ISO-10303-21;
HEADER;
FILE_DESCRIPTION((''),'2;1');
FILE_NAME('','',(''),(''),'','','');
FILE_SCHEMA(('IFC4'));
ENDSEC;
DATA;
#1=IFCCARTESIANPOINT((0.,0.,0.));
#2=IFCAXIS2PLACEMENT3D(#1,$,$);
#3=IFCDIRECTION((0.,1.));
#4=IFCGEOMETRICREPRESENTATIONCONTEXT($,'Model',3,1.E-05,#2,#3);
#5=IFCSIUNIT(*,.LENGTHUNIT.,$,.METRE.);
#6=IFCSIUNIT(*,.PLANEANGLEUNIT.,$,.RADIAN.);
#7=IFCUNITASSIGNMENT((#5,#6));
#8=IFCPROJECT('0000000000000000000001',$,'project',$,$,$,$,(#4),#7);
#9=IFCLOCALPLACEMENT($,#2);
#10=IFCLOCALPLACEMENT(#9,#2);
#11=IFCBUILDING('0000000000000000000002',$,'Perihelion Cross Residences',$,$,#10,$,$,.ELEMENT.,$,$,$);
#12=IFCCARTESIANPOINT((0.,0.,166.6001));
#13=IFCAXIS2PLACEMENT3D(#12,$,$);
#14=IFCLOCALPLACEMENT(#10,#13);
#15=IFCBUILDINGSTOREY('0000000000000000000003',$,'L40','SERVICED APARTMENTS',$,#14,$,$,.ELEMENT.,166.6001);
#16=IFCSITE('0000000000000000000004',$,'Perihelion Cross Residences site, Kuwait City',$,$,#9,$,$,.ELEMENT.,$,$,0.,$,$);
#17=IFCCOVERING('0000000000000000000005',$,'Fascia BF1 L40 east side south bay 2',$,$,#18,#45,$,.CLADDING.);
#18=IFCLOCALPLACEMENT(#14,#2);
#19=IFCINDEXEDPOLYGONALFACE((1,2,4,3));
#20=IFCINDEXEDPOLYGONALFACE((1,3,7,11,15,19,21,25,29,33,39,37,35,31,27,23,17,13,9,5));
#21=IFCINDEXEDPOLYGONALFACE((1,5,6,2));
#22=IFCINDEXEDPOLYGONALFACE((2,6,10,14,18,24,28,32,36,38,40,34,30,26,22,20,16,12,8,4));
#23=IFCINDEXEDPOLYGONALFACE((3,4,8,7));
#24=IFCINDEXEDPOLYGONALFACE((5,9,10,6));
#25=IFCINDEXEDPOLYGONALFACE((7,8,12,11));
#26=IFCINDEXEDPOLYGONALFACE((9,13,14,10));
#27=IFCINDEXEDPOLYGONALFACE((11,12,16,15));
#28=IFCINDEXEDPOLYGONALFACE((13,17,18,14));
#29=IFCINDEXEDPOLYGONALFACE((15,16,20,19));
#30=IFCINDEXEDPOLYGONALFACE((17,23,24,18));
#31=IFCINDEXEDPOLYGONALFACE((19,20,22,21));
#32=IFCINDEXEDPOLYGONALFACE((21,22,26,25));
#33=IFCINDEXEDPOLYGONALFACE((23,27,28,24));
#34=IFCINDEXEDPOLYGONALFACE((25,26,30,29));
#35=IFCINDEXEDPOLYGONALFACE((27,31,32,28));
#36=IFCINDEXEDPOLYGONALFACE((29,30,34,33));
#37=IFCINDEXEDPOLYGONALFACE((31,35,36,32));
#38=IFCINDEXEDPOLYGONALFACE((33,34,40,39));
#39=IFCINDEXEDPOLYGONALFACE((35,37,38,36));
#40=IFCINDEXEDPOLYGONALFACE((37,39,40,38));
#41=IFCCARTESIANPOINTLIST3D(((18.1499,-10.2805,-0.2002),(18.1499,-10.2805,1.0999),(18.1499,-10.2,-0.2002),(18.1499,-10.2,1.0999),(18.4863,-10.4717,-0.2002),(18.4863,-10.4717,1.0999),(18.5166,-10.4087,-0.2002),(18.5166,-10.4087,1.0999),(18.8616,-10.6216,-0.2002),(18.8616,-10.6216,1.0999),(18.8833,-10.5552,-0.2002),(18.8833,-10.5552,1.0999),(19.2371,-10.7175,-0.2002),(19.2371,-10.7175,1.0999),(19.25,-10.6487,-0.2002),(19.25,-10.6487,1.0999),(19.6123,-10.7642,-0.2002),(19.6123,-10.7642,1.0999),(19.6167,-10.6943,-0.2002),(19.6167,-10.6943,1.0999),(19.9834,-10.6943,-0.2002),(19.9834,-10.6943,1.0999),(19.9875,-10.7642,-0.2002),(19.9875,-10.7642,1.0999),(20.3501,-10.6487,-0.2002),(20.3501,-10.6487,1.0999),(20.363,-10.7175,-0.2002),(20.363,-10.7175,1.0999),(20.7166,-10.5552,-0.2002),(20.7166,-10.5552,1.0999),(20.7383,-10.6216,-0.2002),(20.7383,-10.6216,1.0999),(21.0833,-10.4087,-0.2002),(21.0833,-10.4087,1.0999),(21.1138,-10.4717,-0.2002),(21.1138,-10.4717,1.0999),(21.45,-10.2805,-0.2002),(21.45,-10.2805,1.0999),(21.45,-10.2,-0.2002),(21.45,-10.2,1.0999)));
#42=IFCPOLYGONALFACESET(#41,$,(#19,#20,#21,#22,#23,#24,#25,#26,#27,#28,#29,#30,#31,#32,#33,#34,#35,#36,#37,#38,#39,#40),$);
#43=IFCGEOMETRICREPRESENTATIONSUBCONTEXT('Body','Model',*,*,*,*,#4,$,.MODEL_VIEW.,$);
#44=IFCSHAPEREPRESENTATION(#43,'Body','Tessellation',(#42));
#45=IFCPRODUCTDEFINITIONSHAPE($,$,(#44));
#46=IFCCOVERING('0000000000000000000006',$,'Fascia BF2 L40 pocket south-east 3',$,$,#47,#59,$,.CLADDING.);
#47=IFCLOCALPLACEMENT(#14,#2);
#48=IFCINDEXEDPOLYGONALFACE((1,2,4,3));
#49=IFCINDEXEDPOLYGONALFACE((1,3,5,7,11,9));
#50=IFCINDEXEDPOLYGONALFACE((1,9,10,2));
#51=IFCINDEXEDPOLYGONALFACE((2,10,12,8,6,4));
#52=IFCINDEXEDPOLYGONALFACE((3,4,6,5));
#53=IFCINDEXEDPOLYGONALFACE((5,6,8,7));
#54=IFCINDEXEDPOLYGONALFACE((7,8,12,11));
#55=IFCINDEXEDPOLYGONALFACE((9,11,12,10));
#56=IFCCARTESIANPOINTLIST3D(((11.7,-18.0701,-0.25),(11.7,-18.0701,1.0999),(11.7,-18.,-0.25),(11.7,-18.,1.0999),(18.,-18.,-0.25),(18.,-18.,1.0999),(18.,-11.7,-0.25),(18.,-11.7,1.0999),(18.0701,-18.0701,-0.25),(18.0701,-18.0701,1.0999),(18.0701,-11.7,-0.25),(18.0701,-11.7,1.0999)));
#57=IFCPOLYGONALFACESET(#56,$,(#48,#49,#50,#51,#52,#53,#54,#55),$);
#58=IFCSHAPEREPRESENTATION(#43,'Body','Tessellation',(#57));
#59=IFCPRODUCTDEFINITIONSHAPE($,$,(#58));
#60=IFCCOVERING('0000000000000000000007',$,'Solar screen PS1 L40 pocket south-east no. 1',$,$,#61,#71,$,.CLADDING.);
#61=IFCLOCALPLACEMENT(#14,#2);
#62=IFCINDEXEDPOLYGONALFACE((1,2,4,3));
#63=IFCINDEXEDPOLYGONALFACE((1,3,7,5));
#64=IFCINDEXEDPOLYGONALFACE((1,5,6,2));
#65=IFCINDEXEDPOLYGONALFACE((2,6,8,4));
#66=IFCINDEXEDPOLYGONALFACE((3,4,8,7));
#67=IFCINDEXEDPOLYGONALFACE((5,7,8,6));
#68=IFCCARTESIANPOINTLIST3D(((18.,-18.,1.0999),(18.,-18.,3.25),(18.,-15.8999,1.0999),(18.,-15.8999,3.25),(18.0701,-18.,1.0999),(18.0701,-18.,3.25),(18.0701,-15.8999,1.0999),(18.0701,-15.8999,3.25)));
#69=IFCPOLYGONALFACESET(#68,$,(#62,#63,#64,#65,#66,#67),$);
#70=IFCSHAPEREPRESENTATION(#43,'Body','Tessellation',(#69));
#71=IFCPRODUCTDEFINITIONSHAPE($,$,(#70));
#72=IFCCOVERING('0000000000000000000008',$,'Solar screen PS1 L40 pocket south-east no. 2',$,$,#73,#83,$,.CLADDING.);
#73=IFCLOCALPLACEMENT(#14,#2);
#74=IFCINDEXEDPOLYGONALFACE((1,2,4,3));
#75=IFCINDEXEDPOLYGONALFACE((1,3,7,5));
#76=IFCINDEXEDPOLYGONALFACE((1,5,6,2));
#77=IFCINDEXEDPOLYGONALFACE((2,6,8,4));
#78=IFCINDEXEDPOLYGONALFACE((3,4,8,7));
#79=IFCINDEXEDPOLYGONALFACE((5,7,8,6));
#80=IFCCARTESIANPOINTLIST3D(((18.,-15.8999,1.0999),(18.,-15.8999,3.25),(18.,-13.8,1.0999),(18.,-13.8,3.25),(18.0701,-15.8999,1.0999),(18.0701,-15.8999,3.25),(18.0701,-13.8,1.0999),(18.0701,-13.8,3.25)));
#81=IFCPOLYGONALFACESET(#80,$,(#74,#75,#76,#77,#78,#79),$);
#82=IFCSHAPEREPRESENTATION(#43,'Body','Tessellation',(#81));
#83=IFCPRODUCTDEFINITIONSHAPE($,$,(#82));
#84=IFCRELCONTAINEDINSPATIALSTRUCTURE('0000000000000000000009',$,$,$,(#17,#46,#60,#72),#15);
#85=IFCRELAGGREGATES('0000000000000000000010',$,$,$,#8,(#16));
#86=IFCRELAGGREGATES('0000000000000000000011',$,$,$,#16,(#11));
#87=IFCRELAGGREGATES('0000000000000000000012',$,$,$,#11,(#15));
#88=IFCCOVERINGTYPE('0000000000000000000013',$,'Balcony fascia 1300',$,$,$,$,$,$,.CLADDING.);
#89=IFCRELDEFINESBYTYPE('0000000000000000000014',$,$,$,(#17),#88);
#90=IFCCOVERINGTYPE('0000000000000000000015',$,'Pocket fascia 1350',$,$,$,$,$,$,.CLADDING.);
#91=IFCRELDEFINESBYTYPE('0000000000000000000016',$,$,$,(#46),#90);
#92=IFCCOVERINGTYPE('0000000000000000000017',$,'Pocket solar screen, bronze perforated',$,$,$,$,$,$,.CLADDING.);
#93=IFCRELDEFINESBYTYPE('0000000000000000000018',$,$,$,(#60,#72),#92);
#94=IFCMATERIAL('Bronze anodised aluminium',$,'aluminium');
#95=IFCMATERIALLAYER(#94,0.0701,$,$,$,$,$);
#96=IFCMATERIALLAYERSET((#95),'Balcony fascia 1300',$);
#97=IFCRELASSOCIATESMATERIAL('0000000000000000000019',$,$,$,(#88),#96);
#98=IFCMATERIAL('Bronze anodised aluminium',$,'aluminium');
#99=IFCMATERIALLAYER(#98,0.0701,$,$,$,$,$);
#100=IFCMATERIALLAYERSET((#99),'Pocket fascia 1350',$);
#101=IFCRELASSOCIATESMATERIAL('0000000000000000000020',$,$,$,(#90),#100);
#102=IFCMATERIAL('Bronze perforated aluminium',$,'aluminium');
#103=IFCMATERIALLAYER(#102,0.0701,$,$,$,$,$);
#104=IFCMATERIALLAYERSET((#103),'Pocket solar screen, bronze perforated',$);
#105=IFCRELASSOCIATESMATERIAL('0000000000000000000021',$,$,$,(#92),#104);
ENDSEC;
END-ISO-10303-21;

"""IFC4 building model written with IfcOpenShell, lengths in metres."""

from ifc_helpers import new_model, si_unit, direction, frame, origin, place, context, subcontext, project, spatial, polyline, outline, extrude, material, layer, layer_set, type_object, element, save


model = new_model("IFC4")

# Units and contexts
model_context = context("Model", 3, precision=1e-05, world=origin(), true_north=direction((0.0, 1.0)))
body_context = subcontext(model_context, "Body", "Model", "MODEL_VIEW")
ifc_project = project(units=[si_unit("LENGTHUNIT", "METRE"), si_unit("PLANEANGLEUNIT", "RADIAN")], contexts=[model_context])

# Site, building, storey
site_placement = place(None, origin())
site = spatial("IfcSite", under=ifc_project, at=site_placement, Name="Perihelion Cross Residences site, Kuwait City", CompositionType="ELEMENT", RefElevation=0.0)
building_placement = place(site_placement, origin())
building = spatial("IfcBuilding", under=site, at=building_placement, Name="Perihelion Cross Residences", CompositionType="ELEMENT")
storey_placement = place(building_placement, frame((0.0, 0.0, 166.6001)))
storey = spatial("IfcBuildingStorey", under=building, at=storey_placement, Name="L40", Description="SERVICED APARTMENTS", CompositionType="ELEMENT", Elevation=166.6001)

# Coverings
ifc_material_1 = material(Name="Bronze anodised aluminium", Category="aluminium")
ifc_layer_1 = layer(ifc_material_1, 0.0701)
ifc_layer_set_1 = layer_set([ifc_layer_1], Name="Balcony fascia 1300")
covering_type_1 = type_object("IfcCoveringType", Name="Balcony fascia 1300", PredefinedType="CLADDING", material=ifc_layer_set_1)
covering_1_placement = place(storey_placement, frame((0.0, 0.0, -0.2002)))
element("IfcCovering", 1, at=covering_1_placement, inside=storey, type_object=covering_type_1, Name="Fascia BF1 L40 east side south bay 2", PredefinedType="CLADDING", context=body_context, shape_type="SweptSolid", body=[
    extrude(outline(polyline([(18.4863, -10.4717), (18.8616, -10.6216), (19.2371, -10.7175), (19.6123, -10.7642), (19.9875, -10.7642), (20.363, -10.7175), (20.7383, -10.6216), (21.1138, -10.4717), (21.45, -10.2805), (21.45, -10.2), (21.0833, -10.4087), (20.7166, -10.5552), (20.3501, -10.6487), (19.9834, -10.6943), (19.6167, -10.6943), (19.25, -10.6487), (18.8833, -10.5552), (18.5166, -10.4087), (18.1499, -10.2), (18.1499, -10.2805), (18.4863, -10.4717)])), origin(), (0.0, 0.0, 1.0), 1.3),
])
ifc_material_2 = material(Name="Bronze anodised aluminium", Category="aluminium")
ifc_layer_2 = layer(ifc_material_2, 0.0701)
ifc_layer_set_2 = layer_set([ifc_layer_2], Name="Pocket fascia 1350")
covering_type_2 = type_object("IfcCoveringType", Name="Pocket fascia 1350", PredefinedType="CLADDING", material=ifc_layer_set_2)
covering_2_placement = place(storey_placement, frame((0.0, 0.0, -0.25)))
element("IfcCovering", 2, at=covering_2_placement, inside=storey, type_object=covering_type_2, Name="Fascia BF2 L40 pocket south-east 3", PredefinedType="CLADDING", context=body_context, shape_type="SweptSolid", body=[
    extrude(outline(polyline([(18.0701, -18.0701), (18.0701, -11.7), (18.0, -11.7), (18.0, -18.0), (11.7, -18.0), (11.7, -18.0701), (18.0701, -18.0701)])), origin(), (0.0, 0.0, 1.0), 1.3499),
])
ifc_material_3 = material(Name="Bronze perforated aluminium", Category="aluminium")
ifc_layer_3 = layer(ifc_material_3, 0.0701)
ifc_layer_set_3 = layer_set([ifc_layer_3], Name="Pocket solar screen, bronze perforated")
covering_type_3 = type_object("IfcCoveringType", Name="Pocket solar screen, bronze perforated", PredefinedType="CLADDING", material=ifc_layer_set_3)
covering_3_placement = place(storey_placement, frame((0.0, 0.0, 1.0999)))
element("IfcCovering", 3, at=covering_3_placement, inside=storey, type_object=covering_type_3, Name="Solar screen PS1 L40 pocket south-east no. 1", PredefinedType="CLADDING", context=body_context, shape_type="SweptSolid", body=[
    extrude(outline(polyline([(18.0701, -18.0), (18.0701, -15.8999), (18.0, -15.8999), (18.0, -18.0), (18.0701, -18.0)])), origin(), (0.0, 0.0, 1.0), 2.1501),
])
covering_4_placement = place(storey_placement, frame((0.0, 0.0, 1.0999)))
element("IfcCovering", 4, at=covering_4_placement, inside=storey, type_object=covering_type_3, Name="Solar screen PS1 L40 pocket south-east no. 2", PredefinedType="CLADDING", context=body_context, shape_type="SweptSolid", body=[
    extrude(outline(polyline([(18.0701, -15.8999), (18.0701, -13.8), (18.0, -13.8), (18.0, -15.8999), (18.0701, -15.8999)])), origin(), (0.0, 0.0, 1.0), 2.1501),
])

save(model, "model.ifc")
